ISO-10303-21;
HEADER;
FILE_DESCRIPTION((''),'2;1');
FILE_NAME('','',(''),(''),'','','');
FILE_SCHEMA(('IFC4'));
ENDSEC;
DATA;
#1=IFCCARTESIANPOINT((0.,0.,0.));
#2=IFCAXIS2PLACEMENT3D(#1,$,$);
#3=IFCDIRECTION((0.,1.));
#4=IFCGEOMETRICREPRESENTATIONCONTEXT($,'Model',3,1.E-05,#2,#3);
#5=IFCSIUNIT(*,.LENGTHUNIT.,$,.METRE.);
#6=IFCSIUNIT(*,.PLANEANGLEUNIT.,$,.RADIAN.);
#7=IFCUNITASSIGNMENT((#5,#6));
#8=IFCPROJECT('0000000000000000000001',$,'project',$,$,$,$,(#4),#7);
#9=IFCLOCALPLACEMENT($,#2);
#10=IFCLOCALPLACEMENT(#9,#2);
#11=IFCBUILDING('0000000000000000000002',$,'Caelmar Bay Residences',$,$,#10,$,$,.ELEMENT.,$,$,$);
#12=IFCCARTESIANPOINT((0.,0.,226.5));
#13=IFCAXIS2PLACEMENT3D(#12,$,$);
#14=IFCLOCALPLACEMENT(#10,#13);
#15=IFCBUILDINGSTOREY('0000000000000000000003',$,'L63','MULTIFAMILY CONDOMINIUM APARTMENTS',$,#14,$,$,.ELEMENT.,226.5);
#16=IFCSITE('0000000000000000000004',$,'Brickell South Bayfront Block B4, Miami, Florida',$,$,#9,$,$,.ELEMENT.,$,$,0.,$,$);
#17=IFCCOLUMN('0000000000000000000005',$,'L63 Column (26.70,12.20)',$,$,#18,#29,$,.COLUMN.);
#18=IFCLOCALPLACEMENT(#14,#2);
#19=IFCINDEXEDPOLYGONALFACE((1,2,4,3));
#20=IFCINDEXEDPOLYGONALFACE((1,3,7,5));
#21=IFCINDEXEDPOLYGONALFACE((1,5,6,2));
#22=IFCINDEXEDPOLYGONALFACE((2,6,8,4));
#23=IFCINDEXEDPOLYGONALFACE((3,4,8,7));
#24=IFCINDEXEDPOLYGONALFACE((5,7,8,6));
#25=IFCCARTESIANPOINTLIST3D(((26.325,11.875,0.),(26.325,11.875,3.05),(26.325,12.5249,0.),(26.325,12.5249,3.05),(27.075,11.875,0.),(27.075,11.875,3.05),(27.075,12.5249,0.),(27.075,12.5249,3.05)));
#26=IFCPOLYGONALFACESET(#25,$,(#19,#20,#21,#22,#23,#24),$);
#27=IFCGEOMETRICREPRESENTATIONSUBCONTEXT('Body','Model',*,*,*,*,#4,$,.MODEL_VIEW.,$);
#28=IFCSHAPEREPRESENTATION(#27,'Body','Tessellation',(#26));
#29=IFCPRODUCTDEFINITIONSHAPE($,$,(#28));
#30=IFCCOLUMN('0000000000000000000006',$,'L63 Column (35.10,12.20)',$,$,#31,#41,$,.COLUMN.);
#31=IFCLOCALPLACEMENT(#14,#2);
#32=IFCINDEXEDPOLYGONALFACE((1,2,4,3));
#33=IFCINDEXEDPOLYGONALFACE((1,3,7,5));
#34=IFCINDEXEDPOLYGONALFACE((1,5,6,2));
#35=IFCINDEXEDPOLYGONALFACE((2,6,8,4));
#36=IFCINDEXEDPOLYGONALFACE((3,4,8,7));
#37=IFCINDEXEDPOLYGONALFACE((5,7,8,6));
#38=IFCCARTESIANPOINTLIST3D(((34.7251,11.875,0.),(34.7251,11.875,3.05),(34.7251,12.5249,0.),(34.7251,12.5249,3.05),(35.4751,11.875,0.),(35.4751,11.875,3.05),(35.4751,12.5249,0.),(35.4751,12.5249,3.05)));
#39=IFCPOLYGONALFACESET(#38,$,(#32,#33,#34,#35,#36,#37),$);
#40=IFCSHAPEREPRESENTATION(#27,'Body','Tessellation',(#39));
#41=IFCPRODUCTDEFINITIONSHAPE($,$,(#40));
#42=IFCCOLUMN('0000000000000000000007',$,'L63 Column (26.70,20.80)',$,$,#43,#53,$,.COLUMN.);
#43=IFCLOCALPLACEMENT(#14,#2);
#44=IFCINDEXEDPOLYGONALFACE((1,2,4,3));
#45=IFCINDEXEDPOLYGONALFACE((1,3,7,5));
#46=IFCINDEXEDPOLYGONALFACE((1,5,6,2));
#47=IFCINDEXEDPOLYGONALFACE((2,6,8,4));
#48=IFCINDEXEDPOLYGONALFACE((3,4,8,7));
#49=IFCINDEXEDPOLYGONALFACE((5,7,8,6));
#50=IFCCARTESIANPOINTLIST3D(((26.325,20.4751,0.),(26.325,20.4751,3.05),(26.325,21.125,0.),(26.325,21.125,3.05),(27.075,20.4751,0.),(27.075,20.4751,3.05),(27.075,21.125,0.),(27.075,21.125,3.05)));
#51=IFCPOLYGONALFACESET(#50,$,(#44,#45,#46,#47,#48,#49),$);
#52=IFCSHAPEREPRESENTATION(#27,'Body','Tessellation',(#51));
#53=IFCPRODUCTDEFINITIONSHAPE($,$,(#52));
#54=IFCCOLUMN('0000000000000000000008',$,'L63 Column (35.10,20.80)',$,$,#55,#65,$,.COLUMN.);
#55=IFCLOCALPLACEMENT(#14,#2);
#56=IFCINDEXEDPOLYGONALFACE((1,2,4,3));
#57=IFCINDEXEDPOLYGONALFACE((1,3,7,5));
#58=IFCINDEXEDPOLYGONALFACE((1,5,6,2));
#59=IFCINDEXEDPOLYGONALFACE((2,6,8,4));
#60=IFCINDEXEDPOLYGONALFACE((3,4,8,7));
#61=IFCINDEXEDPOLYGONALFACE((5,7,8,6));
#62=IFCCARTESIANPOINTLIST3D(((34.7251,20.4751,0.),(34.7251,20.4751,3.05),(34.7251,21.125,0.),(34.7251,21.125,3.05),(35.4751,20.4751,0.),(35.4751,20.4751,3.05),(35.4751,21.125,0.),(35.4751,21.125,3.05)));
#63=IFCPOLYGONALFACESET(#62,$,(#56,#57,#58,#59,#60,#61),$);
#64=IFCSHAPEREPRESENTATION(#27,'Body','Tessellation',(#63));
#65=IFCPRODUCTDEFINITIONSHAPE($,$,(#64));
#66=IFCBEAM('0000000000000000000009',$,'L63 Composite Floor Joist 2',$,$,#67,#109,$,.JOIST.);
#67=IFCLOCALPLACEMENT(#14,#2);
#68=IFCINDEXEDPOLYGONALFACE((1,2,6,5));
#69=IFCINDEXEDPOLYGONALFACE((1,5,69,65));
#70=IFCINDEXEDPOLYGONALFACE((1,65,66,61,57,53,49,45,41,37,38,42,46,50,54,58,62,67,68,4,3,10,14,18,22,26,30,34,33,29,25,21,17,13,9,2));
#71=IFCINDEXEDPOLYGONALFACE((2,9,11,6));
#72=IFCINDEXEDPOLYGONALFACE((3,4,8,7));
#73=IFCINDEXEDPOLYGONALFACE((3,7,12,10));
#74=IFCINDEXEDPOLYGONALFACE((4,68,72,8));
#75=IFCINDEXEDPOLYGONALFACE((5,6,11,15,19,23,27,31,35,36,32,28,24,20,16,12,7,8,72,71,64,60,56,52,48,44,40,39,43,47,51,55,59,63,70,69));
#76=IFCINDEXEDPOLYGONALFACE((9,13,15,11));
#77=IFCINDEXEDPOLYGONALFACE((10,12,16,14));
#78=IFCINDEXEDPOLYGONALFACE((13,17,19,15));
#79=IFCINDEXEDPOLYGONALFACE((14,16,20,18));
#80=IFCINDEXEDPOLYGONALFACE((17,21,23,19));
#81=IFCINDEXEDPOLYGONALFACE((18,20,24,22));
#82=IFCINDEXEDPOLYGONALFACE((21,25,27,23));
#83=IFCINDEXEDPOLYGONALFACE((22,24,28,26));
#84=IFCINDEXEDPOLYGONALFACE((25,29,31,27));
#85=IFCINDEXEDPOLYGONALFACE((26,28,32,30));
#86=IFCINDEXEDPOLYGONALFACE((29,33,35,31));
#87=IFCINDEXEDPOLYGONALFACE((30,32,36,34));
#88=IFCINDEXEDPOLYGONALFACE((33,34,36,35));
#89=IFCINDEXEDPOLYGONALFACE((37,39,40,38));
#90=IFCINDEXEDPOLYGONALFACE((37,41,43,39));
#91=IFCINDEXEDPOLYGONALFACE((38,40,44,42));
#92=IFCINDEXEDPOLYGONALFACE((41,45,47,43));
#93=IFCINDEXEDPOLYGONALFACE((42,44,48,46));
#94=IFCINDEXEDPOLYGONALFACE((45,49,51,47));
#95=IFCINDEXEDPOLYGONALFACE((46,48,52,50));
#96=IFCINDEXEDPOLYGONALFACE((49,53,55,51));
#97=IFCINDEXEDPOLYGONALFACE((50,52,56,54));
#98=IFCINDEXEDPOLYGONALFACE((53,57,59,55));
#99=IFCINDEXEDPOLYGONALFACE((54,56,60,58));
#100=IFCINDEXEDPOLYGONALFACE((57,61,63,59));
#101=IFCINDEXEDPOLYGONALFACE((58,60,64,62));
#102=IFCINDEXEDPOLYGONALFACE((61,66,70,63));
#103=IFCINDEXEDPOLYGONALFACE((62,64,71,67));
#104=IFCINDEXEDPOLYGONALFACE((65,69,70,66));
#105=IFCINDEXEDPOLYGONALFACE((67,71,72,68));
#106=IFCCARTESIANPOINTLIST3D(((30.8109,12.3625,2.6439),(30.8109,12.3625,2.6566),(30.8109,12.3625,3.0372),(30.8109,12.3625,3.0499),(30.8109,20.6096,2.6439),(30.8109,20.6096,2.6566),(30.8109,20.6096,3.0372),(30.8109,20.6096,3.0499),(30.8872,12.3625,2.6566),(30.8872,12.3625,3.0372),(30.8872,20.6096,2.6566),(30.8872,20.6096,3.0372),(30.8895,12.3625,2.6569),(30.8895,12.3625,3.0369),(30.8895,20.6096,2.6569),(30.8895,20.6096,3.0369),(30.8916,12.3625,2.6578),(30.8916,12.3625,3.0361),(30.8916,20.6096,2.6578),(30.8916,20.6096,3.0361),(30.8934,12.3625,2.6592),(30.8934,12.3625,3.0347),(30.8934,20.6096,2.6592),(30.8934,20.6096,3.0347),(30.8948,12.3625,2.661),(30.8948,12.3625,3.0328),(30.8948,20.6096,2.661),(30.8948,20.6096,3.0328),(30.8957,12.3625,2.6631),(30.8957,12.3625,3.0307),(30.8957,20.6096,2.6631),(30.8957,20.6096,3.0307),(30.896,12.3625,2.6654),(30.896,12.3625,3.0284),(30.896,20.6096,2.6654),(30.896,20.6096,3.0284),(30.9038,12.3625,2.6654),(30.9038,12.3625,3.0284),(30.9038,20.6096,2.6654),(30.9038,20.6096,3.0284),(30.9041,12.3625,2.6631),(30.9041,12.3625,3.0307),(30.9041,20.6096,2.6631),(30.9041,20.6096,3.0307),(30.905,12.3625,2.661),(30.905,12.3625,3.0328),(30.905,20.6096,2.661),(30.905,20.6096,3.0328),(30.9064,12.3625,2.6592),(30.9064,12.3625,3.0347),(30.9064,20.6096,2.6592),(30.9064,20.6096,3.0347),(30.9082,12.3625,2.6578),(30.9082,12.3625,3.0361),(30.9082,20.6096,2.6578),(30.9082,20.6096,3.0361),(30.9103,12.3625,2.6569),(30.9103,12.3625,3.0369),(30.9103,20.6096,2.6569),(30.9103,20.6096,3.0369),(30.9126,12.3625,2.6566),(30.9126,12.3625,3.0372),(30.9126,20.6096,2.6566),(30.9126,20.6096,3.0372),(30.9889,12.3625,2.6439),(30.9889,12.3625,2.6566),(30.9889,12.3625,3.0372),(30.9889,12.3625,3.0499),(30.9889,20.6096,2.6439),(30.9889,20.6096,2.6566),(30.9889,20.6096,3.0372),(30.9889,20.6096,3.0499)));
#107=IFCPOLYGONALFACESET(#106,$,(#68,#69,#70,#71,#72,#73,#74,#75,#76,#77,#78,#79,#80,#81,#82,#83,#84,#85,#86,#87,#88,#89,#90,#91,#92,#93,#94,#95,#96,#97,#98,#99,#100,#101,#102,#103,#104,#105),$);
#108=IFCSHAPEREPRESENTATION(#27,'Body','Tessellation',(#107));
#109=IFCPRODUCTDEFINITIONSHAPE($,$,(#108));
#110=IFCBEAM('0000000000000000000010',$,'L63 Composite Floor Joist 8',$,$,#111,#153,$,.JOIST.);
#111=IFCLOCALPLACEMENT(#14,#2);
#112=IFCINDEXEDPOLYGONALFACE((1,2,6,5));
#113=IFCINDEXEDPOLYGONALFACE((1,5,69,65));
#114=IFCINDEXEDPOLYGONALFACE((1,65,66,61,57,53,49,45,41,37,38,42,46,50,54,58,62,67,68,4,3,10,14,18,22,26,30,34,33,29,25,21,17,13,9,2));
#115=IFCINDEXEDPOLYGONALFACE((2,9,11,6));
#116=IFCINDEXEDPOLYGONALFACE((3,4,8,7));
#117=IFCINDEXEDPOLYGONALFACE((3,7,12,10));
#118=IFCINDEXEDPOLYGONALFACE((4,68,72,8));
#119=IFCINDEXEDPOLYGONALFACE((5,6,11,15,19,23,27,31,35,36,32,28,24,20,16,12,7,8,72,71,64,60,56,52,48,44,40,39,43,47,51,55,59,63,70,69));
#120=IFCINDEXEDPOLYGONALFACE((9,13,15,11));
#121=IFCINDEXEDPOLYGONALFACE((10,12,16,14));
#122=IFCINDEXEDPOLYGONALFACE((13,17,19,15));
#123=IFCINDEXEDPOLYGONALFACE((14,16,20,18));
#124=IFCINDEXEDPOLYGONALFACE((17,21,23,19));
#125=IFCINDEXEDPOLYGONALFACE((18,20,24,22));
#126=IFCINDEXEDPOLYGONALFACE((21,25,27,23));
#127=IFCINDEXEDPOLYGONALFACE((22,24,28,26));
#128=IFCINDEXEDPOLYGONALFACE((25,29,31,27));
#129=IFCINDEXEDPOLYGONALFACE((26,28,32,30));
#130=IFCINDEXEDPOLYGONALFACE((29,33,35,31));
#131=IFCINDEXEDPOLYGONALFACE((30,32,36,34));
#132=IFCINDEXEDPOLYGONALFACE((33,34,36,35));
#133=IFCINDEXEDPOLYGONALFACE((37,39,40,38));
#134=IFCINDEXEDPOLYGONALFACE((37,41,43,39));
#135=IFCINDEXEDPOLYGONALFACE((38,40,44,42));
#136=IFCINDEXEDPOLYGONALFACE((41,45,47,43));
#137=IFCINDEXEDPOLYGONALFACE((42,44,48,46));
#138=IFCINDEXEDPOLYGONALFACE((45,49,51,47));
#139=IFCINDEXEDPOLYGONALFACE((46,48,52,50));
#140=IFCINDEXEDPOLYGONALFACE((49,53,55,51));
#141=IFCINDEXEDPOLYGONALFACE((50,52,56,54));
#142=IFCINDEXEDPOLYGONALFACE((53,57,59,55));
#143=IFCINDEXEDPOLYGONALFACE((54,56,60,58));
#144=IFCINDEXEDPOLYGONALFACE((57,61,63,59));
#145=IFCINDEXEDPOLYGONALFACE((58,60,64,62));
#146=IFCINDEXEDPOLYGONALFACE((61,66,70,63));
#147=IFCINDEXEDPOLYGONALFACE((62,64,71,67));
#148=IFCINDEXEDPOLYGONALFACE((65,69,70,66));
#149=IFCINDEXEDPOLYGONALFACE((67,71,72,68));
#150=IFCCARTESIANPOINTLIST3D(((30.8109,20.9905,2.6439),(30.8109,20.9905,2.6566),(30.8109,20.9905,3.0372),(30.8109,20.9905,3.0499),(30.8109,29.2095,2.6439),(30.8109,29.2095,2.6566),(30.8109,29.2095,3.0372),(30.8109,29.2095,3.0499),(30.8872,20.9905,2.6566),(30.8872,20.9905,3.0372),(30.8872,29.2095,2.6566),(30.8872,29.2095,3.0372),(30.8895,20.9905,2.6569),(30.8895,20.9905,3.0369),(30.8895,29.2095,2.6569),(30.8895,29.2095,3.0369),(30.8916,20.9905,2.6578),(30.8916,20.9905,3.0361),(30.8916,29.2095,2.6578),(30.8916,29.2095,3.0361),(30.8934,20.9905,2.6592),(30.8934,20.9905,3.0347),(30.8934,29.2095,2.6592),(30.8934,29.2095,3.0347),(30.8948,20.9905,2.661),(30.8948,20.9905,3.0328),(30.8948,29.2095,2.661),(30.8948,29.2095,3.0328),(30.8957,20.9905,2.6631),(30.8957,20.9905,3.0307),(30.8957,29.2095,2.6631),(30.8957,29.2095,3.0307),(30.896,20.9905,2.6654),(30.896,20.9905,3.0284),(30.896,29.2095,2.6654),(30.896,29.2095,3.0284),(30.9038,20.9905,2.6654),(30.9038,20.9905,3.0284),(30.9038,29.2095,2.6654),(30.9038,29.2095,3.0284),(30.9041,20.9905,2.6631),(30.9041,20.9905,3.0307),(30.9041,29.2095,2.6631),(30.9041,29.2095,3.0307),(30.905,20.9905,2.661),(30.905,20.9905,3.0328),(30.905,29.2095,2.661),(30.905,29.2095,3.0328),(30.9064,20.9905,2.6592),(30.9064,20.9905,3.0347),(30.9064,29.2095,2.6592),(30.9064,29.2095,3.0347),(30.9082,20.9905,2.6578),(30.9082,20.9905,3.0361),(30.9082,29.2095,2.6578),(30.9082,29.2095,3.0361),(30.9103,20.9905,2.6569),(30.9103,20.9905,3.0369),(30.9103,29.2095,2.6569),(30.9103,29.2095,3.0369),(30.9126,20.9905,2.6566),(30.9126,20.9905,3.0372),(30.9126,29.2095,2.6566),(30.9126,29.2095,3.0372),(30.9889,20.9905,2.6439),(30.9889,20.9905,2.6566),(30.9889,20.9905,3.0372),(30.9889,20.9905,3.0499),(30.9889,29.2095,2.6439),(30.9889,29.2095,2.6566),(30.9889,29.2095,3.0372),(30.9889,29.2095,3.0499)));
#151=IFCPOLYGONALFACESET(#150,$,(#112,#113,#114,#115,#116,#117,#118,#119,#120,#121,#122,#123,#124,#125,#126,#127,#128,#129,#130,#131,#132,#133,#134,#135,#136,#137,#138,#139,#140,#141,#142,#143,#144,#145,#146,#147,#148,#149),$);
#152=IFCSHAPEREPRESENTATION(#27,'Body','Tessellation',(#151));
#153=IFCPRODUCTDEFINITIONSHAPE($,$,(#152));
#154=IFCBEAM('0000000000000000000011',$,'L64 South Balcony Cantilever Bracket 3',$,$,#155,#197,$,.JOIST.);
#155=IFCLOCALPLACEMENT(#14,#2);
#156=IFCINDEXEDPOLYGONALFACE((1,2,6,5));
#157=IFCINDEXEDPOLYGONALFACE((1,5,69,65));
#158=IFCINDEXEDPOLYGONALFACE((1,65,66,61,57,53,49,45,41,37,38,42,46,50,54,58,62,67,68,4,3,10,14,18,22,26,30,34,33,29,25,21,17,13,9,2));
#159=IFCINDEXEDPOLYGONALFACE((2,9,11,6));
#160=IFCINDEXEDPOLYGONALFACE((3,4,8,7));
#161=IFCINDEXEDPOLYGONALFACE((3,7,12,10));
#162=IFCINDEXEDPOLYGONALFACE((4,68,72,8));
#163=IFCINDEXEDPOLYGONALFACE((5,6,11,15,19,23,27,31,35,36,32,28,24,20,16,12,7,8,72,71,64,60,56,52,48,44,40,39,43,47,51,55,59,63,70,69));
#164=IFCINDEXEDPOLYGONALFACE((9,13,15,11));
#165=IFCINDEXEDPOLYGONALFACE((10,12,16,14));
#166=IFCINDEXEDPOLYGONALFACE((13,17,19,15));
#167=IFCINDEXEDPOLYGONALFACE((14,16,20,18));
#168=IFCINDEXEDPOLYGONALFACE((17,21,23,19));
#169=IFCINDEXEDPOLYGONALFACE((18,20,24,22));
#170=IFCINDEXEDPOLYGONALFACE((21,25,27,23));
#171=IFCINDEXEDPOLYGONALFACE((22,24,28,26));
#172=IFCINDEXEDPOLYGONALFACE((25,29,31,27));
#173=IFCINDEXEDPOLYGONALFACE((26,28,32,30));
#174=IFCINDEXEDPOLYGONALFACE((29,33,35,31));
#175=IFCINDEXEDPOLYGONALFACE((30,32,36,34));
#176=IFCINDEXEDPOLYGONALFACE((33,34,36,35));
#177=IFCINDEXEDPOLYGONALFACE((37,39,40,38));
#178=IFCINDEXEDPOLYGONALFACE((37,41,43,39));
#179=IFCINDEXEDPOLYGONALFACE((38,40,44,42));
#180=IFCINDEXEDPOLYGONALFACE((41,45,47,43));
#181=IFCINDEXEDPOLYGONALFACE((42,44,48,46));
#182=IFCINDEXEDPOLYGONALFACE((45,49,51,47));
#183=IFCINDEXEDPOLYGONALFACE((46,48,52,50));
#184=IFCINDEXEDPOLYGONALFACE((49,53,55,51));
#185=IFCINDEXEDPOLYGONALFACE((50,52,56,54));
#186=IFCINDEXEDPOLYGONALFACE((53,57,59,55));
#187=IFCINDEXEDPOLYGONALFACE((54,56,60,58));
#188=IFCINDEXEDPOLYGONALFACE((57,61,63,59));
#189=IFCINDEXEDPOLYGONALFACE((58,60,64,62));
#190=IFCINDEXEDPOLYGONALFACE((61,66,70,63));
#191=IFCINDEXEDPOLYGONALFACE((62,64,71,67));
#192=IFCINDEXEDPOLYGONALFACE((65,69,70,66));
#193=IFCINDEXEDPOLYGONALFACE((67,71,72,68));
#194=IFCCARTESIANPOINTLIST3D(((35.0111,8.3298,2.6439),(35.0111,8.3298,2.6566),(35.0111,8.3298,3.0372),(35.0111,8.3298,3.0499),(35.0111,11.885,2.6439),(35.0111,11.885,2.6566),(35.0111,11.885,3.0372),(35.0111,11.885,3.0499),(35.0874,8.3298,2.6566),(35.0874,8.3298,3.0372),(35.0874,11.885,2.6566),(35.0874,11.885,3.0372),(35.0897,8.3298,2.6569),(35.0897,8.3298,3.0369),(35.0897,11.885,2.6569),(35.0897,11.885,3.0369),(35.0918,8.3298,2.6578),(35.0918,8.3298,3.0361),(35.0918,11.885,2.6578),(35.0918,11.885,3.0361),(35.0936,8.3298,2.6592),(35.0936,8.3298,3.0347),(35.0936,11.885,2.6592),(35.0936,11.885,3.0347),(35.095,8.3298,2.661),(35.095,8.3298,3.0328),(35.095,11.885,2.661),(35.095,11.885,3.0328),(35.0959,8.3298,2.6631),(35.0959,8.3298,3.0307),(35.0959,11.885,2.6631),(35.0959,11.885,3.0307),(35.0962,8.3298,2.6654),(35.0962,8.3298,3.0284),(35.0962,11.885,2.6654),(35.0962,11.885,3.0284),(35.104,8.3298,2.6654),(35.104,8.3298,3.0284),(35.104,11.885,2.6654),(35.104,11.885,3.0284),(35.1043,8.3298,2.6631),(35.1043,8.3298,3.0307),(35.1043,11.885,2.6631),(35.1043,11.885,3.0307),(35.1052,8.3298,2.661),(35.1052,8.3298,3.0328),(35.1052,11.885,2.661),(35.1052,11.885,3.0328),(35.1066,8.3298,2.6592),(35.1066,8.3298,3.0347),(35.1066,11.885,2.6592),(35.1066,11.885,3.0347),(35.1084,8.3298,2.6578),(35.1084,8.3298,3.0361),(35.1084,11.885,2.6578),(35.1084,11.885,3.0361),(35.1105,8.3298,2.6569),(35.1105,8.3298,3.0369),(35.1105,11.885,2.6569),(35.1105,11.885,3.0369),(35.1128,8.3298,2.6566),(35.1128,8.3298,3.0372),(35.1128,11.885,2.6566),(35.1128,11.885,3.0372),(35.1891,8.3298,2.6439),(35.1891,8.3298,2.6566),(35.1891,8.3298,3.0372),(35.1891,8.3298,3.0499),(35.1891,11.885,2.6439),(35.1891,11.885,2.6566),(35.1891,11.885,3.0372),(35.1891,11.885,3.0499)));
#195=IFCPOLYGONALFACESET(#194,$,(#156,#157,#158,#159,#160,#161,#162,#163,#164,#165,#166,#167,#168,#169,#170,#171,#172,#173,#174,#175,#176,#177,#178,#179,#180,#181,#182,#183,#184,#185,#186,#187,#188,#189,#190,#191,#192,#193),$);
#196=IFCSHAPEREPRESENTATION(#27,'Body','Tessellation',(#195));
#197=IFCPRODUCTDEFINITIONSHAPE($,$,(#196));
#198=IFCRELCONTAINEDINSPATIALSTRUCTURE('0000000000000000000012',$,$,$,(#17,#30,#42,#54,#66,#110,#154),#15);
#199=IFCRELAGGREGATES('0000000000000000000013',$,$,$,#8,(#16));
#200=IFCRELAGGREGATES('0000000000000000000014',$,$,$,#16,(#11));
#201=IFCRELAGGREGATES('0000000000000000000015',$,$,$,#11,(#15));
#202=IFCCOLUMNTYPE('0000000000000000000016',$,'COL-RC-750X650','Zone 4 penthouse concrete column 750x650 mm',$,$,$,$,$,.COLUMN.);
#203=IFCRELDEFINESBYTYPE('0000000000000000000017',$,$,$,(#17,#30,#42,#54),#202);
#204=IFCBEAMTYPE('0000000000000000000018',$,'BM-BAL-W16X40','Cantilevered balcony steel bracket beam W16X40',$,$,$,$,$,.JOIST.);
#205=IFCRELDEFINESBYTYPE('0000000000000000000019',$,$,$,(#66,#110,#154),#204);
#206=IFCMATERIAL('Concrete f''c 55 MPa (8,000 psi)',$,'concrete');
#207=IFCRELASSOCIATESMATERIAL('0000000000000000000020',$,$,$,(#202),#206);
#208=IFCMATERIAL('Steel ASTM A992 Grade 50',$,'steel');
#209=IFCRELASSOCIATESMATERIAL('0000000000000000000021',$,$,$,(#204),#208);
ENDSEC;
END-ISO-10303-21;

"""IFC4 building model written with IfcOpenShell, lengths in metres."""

from ifc_helpers import new_model, si_unit, direction, frame, origin, origin_2d, place, context, subcontext, project, spatial, rectangle, i_section, extrude, material, material_profile, profile_set, type_object, element, save


model = new_model("IFC4")

# Units and contexts
model_context = context("Model", 3, precision=1e-05, world=origin(), true_north=direction((0.0, 1.0)))
body_context = subcontext(model_context, "Body", "Model", "MODEL_VIEW")
ifc_project = project(units=[si_unit("LENGTHUNIT", "METRE"), si_unit("PLANEANGLEUNIT", "RADIAN")], contexts=[model_context])

# Site, building, storey
site_placement = place(None, origin())
site = spatial("IfcSite", under=ifc_project, at=site_placement, Name="Brickell South Bayfront Block B4, Miami, Florida", CompositionType="ELEMENT", RefElevation=0.0)
building_placement = place(site_placement, origin())
building = spatial("IfcBuilding", under=site, at=building_placement, Name="Caelmar Bay Residences", CompositionType="ELEMENT")
storey_placement = place(building_placement, frame((0.0, 0.0, 226.5)))
storey = spatial("IfcBuildingStorey", under=building, at=storey_placement, Name="L63", Description="MULTIFAMILY CONDOMINIUM APARTMENTS", CompositionType="ELEMENT", Elevation=226.5)

# Columns
ifc_material_1 = material(Name="Concrete f'c 55 MPa (8,000 psi)", Category="concrete")
ifc_material_profile_1 = material_profile(ifc_material_1, rectangle(XDim=0.75, YDim=0.6499, at=origin_2d()), Name="RC-COL-750X650")
ifc_profile_set_1 = profile_set([ifc_material_profile_1], Name="Concrete f'c 55 MPa (8,000 psi)")
column_type = type_object("IfcColumnType", Name="COL-RC-750X650", Description="Zone 4 penthouse concrete column 750x650 mm", PredefinedType="COLUMN", material=ifc_profile_set_1)
for number, where, z_axis, x_axis, name in (
    (1, (26.7, 12.2, 0.0), (0.0, 0.0, 1.0), (1.0, 0.0, 0.0), "L63 Column (26.70,12.20)"),
    (2, (35.1001, 12.2, 0.0), (0.0, 0.0, 1.0), (1.0, 0.0, 0.0), "L63 Column (35.10,12.20)"),
    (3, (26.7, 20.8, 0.0), (0.0, 0.0, 1.0), (1.0, 0.0, 0.0), "L63 Column (26.70,20.80)"),
    (4, (35.1001, 20.8, 0.0), (0.0, 0.0, 1.0), (1.0, 0.0, 0.0), "L63 Column (35.10,20.80)"),
):
    element("IfcColumn", number, at=place(storey_placement, frame(where, z_axis=z_axis, x_axis=x_axis)), inside=storey, type_object=column_type, Name=name, PredefinedType="COLUMN", context=body_context, shape_type="SweptSolid", body=[
        extrude(rectangle(XDim=0.75, YDim=0.6499, at=origin_2d()), origin(), (0.0, 0.0, 1.0), 3.05),
    ])

# Beams
ifc_material_2 = material(Name="Steel ASTM A992 Grade 50", Category="steel")
ifc_material_profile_2 = material_profile(ifc_material_2, i_section(OverallWidth=0.178, OverallDepth=0.406, WebThickness=0.0078, FlangeThickness=0.0127, FilletRadius=0.0088, at=origin_2d()), Name="W16X40")
ifc_profile_set_2 = profile_set([ifc_material_profile_2], Name="Steel ASTM A992 Grade 50")
beam_type_1 = type_object("IfcBeamType", Name="BM-BAL-W16X40", Description="Cantilevered balcony steel bracket beam W16X40", PredefinedType="JOIST", material=ifc_profile_set_2)
beam_1_placement = place(storey_placement, frame((30.8999, 12.3625, 2.8469), z_axis=(0.0, 1.0, 0.0), x_axis=(-1.0, 0.0, 0.0)))
element("IfcBeam", 5, at=beam_1_placement, inside=storey, type_object=beam_type_1, Name="L63 Composite Floor Joist 2", PredefinedType="JOIST", context=body_context, shape_type="SweptSolid", body=[
    extrude(i_section(OverallWidth=0.178, OverallDepth=0.406, WebThickness=0.0078, FlangeThickness=0.0127, FilletRadius=0.0088, at=origin_2d()), origin(), (0.0, 0.0, 1.0), 8.2471),
])
beam_2_placement = place(storey_placement, frame((30.8999, 20.9905, 2.8469), z_axis=(0.0, 1.0, 0.0), x_axis=(-1.0, 0.0, 0.0)))
element("IfcBeam", 6, at=beam_2_placement, inside=storey, type_object=beam_type_1, Name="L63 Composite Floor Joist 8", PredefinedType="JOIST", context=body_context, shape_type="SweptSolid", body=[
    extrude(i_section(OverallWidth=0.178, OverallDepth=0.406, WebThickness=0.0078, FlangeThickness=0.0127, FilletRadius=0.0088, at=origin_2d()), origin(), (0.0, 0.0, 1.0), 8.219),
])
beam_3_placement = place(storey_placement, frame((35.1001, 11.885, 2.8469), z_axis=(0.0, -1.0, 0.0), x_axis=(1.0, 0.0, 0.0)))
element("IfcBeam", 7, at=beam_3_placement, inside=storey, type_object=beam_type_1, Name="L64 South Balcony Cantilever Bracket 3", PredefinedType="JOIST", context=body_context, shape_type="SweptSolid", body=[
    extrude(i_section(OverallWidth=0.178, OverallDepth=0.406, WebThickness=0.0078, FlangeThickness=0.0127, FilletRadius=0.0088, at=origin_2d()), origin(), (0.0, 0.0, 1.0), 3.5552),
])

save(model, "model.ifc")
